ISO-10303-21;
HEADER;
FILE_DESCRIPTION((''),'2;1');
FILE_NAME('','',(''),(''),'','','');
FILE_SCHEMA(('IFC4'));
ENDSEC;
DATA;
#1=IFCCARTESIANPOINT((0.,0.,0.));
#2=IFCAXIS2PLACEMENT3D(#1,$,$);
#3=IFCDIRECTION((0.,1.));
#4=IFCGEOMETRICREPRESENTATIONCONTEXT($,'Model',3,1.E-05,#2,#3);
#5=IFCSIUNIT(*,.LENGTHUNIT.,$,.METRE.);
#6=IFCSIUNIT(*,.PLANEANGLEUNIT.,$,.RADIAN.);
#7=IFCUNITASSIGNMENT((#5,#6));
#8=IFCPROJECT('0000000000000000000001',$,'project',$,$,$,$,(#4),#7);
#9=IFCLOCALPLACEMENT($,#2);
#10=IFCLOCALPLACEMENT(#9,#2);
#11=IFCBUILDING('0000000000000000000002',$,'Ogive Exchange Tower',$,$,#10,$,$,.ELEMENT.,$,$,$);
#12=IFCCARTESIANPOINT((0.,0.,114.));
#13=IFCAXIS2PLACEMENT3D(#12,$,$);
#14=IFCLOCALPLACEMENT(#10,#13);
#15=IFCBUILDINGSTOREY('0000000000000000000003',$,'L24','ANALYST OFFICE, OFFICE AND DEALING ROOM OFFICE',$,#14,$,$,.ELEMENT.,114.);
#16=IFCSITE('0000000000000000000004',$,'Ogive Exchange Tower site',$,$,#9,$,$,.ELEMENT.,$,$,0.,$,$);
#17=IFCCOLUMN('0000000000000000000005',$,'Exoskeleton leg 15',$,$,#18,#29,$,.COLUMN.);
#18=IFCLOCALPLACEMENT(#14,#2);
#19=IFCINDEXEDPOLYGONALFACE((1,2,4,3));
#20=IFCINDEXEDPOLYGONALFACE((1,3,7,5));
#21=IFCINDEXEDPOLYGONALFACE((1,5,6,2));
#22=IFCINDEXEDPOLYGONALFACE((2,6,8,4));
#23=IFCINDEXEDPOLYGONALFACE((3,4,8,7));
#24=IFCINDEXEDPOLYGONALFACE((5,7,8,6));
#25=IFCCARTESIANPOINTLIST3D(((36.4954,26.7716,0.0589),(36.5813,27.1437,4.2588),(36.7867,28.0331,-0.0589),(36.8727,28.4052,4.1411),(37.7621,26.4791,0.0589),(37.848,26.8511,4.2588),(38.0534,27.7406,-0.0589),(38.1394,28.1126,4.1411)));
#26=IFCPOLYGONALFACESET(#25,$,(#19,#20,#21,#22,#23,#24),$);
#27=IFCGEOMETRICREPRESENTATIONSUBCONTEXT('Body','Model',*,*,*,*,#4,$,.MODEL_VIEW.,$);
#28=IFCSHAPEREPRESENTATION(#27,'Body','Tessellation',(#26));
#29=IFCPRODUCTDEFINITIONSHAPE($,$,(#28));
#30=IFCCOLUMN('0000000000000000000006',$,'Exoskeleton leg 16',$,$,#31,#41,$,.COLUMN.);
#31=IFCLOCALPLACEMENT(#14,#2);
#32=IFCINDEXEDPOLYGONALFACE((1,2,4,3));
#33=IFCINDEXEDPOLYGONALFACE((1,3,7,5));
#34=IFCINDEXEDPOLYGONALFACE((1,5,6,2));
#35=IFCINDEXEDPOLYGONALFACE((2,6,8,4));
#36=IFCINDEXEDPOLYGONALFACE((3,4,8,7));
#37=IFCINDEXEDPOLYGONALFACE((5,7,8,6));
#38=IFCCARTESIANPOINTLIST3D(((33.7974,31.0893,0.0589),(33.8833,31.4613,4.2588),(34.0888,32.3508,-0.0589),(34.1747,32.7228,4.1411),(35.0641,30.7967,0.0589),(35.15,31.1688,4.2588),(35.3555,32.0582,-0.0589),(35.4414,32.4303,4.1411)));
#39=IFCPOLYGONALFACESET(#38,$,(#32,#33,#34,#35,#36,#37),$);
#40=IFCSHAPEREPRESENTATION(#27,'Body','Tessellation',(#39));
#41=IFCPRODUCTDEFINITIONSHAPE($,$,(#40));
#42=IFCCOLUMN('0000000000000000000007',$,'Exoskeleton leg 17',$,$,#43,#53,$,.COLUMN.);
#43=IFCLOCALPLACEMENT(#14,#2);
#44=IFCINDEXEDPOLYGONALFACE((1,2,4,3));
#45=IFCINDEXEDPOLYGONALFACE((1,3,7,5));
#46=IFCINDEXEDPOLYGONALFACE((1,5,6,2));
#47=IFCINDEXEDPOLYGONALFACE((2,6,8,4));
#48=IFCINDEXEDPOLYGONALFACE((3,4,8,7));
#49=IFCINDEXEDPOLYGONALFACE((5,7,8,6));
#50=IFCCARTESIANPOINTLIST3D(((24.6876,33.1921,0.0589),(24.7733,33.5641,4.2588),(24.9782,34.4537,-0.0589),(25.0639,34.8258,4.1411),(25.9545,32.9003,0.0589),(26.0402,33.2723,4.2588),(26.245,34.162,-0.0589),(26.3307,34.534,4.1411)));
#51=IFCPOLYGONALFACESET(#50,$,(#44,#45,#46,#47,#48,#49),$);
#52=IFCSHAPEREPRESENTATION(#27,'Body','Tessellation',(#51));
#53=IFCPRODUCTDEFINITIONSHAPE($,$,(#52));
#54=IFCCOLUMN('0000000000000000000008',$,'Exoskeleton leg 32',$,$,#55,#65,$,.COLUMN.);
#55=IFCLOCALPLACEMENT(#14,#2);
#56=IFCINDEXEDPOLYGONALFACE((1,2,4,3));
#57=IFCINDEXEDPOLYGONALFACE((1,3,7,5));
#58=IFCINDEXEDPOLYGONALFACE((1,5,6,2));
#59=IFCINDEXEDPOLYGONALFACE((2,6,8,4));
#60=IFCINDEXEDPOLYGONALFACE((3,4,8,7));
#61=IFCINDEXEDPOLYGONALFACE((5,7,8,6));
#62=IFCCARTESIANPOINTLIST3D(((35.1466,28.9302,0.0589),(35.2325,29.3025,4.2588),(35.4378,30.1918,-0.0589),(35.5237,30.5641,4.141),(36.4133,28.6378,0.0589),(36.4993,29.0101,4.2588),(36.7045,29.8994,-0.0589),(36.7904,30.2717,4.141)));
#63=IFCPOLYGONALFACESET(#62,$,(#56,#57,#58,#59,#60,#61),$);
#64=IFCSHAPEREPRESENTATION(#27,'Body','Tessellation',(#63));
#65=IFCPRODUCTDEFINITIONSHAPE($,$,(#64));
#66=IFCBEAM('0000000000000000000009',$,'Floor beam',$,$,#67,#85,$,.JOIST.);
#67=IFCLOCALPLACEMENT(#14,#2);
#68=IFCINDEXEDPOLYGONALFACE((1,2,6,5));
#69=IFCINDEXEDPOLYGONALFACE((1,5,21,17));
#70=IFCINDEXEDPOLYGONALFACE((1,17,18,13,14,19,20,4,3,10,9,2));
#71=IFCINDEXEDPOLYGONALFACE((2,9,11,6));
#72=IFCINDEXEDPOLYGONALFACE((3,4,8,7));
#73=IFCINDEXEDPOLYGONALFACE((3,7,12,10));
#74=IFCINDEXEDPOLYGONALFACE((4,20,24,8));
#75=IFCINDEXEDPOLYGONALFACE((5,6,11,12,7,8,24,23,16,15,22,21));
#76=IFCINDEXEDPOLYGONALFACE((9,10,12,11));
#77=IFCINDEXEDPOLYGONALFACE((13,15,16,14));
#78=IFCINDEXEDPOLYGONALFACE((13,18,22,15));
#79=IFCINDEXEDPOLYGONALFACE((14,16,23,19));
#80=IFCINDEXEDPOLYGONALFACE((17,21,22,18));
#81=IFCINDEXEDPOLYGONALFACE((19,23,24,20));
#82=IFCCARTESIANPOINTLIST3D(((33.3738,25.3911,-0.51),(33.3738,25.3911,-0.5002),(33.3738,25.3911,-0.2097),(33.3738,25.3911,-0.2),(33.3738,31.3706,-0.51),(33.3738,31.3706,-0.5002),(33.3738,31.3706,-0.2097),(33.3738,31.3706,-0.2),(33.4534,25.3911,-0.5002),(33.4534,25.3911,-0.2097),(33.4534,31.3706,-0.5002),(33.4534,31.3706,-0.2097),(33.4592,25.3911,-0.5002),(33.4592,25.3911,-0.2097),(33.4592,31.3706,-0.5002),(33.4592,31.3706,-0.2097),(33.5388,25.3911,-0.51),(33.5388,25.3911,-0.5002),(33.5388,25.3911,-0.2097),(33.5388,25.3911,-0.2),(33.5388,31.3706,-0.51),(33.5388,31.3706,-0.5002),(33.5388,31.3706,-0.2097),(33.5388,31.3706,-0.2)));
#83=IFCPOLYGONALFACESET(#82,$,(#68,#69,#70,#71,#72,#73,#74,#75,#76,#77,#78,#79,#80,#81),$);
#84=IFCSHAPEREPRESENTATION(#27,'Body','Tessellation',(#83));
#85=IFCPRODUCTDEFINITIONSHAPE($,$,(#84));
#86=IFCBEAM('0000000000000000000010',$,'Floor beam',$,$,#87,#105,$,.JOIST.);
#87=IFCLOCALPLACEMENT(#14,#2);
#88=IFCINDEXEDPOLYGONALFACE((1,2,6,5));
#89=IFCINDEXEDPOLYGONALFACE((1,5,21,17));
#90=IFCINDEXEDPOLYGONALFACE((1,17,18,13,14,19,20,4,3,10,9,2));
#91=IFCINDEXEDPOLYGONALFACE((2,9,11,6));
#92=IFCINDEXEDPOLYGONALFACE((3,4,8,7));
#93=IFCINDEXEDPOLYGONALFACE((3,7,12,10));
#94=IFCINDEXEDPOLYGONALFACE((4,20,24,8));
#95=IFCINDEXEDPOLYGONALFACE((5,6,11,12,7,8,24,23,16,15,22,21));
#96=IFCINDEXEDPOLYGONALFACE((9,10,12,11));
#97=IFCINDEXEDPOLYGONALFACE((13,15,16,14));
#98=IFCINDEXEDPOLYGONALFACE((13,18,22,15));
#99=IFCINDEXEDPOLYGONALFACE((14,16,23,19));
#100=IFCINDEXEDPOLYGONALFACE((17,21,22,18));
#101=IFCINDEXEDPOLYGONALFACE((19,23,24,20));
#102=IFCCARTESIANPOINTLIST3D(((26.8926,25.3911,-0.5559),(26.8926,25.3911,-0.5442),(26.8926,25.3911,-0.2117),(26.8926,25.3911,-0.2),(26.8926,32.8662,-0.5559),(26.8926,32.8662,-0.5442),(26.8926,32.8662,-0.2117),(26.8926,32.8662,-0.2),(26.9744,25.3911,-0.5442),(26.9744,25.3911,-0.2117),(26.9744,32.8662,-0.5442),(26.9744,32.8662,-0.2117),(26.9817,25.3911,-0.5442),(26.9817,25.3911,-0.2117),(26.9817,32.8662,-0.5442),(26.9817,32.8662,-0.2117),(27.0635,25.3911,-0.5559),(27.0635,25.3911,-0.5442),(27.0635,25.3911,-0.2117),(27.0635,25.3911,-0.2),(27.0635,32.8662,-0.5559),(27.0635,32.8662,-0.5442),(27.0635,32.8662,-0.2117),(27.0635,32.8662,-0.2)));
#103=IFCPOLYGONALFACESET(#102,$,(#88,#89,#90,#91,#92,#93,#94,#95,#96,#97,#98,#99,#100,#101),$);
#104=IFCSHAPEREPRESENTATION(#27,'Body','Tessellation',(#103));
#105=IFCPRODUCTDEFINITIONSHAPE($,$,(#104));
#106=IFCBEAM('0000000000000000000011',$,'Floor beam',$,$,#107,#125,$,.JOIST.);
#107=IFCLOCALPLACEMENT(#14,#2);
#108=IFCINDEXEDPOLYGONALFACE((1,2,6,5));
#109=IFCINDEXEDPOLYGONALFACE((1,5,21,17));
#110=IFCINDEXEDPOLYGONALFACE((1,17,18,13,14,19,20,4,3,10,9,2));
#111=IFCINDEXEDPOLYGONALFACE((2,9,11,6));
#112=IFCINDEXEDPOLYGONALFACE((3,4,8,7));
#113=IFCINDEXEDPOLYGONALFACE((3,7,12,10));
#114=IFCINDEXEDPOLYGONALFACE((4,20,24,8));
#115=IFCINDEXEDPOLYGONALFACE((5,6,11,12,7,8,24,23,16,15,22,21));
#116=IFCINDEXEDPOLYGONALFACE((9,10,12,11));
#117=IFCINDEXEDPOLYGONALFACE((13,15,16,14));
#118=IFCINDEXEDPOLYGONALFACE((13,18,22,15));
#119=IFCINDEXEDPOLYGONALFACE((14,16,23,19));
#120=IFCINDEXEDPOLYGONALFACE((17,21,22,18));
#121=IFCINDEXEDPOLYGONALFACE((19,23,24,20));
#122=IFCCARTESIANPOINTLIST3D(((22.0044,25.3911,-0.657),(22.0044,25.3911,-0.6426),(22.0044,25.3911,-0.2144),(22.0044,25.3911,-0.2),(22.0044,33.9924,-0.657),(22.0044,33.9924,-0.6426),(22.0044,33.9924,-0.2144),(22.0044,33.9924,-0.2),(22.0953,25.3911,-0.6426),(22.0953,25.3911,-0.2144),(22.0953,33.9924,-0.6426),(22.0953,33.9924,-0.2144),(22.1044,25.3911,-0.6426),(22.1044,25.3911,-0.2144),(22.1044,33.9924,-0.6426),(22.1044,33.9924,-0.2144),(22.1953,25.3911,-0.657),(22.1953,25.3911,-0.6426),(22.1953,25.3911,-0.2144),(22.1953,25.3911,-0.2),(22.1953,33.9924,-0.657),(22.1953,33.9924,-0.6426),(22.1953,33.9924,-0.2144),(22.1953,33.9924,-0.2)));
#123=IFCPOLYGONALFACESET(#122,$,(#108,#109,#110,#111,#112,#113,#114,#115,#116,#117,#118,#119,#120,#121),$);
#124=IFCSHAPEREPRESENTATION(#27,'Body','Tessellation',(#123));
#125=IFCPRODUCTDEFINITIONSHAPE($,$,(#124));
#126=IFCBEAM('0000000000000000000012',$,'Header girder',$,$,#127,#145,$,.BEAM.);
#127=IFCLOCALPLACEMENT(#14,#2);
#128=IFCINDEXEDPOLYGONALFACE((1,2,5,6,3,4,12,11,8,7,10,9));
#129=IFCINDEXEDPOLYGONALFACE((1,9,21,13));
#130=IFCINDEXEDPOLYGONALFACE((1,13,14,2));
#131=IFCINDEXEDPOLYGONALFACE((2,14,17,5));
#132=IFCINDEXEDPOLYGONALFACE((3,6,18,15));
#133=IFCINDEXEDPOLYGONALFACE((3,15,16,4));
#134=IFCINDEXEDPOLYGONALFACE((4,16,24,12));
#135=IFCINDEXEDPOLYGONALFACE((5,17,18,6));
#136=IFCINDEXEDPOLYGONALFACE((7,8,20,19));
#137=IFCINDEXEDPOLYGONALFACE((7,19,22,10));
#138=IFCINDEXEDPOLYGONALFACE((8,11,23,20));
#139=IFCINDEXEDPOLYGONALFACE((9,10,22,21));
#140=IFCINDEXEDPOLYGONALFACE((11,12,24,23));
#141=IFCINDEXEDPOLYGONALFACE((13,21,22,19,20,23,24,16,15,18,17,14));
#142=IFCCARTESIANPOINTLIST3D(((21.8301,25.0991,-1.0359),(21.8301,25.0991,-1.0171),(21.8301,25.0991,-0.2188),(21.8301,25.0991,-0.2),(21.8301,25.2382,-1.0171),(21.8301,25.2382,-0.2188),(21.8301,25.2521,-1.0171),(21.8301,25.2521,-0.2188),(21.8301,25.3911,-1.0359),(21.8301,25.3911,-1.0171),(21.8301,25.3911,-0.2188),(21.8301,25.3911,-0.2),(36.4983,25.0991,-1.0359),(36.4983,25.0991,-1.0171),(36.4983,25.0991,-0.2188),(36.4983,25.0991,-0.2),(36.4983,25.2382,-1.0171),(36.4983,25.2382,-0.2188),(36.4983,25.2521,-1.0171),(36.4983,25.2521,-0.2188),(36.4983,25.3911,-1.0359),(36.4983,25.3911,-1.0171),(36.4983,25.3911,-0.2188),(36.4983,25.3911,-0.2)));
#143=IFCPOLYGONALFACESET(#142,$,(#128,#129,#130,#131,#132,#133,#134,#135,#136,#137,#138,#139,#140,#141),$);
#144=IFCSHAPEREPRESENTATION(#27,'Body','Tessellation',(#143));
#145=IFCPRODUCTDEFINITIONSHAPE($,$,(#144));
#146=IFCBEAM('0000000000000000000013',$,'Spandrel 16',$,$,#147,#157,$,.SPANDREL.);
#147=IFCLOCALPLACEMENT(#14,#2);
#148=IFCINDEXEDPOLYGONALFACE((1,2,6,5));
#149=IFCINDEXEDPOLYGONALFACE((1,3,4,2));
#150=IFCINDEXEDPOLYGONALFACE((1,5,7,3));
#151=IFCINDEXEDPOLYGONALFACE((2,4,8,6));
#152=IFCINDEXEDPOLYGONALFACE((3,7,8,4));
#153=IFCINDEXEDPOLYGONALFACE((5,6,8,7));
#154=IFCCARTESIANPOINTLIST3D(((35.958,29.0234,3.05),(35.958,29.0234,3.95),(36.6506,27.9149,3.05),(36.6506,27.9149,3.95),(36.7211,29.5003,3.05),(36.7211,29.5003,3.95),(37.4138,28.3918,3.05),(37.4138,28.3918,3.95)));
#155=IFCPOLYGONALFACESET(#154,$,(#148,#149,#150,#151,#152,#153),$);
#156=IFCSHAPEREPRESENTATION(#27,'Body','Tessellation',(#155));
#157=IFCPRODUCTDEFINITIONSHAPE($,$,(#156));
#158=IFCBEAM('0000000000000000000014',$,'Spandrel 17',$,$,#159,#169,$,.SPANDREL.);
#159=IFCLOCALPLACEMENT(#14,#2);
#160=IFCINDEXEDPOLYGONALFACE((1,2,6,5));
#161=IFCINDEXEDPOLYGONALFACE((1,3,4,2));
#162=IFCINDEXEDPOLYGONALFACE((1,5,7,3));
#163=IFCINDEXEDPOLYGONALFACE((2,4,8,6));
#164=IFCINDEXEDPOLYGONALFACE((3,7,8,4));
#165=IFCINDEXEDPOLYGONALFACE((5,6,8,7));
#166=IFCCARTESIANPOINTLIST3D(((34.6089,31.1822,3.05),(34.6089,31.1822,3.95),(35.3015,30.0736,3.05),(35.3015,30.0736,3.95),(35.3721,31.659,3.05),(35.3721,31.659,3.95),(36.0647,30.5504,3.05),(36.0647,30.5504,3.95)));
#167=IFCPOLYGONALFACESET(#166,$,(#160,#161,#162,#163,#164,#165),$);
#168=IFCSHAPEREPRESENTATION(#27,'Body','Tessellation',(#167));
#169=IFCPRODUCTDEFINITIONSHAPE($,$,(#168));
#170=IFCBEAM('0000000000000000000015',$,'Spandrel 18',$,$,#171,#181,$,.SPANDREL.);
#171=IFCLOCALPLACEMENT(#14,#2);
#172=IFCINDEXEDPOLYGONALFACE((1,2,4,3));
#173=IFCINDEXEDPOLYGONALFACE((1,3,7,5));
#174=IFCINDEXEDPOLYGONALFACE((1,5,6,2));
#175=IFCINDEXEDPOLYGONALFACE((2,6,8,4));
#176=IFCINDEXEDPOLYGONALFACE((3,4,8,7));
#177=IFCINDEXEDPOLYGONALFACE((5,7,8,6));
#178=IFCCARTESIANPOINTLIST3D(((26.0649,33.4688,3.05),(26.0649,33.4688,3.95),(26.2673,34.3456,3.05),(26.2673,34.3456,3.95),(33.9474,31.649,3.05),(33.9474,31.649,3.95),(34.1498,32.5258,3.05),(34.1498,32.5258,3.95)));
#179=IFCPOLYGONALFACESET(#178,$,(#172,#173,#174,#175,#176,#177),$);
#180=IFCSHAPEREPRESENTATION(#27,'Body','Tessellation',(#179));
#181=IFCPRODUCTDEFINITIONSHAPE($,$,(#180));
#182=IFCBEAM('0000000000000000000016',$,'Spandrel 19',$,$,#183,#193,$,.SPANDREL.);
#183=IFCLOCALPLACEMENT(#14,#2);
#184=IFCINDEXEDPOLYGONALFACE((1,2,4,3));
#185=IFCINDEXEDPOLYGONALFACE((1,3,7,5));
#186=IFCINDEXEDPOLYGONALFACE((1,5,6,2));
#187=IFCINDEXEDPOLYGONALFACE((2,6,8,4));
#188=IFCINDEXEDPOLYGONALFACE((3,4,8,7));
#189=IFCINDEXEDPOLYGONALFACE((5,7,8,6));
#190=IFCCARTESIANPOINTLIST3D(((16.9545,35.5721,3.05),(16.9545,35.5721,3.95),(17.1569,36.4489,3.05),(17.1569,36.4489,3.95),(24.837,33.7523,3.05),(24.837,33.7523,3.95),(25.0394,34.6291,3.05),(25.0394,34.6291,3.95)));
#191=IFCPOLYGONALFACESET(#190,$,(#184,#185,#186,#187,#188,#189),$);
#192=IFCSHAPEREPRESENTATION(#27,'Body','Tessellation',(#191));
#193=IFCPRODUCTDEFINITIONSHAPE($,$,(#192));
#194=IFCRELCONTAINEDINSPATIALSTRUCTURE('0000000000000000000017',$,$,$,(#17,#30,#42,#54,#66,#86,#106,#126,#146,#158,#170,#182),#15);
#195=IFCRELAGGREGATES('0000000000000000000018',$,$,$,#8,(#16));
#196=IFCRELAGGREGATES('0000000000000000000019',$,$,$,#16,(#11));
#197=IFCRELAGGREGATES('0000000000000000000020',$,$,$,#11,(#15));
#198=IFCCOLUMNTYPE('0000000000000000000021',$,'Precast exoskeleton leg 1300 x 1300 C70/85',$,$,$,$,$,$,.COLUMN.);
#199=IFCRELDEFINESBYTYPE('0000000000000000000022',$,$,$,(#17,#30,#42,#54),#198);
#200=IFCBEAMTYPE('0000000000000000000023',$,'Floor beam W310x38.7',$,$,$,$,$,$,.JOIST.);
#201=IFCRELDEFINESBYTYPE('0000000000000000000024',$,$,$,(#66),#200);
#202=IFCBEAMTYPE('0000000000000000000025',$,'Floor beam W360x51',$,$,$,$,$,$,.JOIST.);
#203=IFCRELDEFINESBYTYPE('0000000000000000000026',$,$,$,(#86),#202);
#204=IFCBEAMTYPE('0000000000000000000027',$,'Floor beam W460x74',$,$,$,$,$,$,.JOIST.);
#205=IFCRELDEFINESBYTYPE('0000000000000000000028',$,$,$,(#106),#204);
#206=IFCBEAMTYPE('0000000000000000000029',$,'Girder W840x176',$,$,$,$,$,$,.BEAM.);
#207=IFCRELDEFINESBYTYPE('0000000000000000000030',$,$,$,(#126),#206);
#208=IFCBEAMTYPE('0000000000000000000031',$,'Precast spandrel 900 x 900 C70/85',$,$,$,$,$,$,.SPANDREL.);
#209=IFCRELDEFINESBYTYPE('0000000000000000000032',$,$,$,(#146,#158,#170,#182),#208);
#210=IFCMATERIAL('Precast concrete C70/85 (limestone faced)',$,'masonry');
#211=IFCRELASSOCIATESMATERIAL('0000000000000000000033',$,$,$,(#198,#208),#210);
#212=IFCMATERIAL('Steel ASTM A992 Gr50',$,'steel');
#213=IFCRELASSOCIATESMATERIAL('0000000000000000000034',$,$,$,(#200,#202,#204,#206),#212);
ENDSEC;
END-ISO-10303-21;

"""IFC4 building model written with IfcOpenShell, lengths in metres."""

from ifc_helpers import new_model, si_unit, direction, frame, origin, origin_2d, place, context, subcontext, project, spatial, rectangle, i_section, extrude, material, material_profile, profile_set, type_object, element, save


model = new_model("IFC4")

# Units and contexts
model_context = context("Model", 3, precision=1e-05, world=origin(), true_north=direction((0.0, 1.0)))
body_context = subcontext(model_context, "Body", "Model", "MODEL_VIEW")
ifc_project = project(units=[si_unit("LENGTHUNIT", "METRE"), si_unit("PLANEANGLEUNIT", "RADIAN")], contexts=[model_context])

# Site, building, storey
site_placement = place(None, origin())
site = spatial("IfcSite", under=ifc_project, at=site_placement, Name="Ogive Exchange Tower site", CompositionType="ELEMENT", RefElevation=0.0)
building_placement = place(site_placement, origin())
building = spatial("IfcBuilding", under=site, at=building_placement, Name="Ogive Exchange Tower", CompositionType="ELEMENT")
storey_placement = place(building_placement, frame((0.0, 0.0, 114.0)))
storey = spatial("IfcBuildingStorey", under=building, at=storey_placement, Name="L24", Description="ANALYST OFFICE, OFFICE AND DEALING ROOM OFFICE", CompositionType="ELEMENT", Elevation=114.0)

# Columns
ifc_material_1 = material(Name="Precast concrete C70/85 (limestone faced)", Category="masonry")
ifc_material_profile_1 = material_profile(ifc_material_1, rectangle(XDim=1.3, YDim=1.3, at=origin_2d()), Name="1300 x 1300")
ifc_profile_set_1 = profile_set([ifc_material_profile_1], Name="Precast concrete C70/85 (limestone faced)")
column_type = type_object("IfcColumnType", Name="Precast exoskeleton leg 1300 x 1300 C70/85", PredefinedType="COLUMN", material=ifc_profile_set_1)
for number, where, z_axis, x_axis, name in (
    (1, (37.2744, 27.2561, 0.0), (0.020377, 0.088225, 0.995892), (-0.974348, 0.225046, 0.0), "Exoskeleton leg 15"),
    (2, (34.5764, 31.5737, 0.0), (0.020377, 0.088225, 0.995892), (-0.974348, 0.225046, 0.0), "Exoskeleton leg 16"),
    (3, (25.4663, 33.677, 0.0), (0.02032, 0.088225, 0.995893), (-0.974488, 0.224439, 0.0), "Exoskeleton leg 17"),
    (4, (35.9255, 29.4148, 0.0), (0.020377, 0.088283, 0.995887), (-0.97438, 0.224906, 0.0), "Exoskeleton leg 32"),
):
    element("IfcColumn", number, at=place(storey_placement, frame(where, z_axis=z_axis, x_axis=x_axis)), inside=storey, type_object=column_type, Name=name, PredefinedType="COLUMN", context=body_context, shape_type="SweptSolid", body=[
        extrude(rectangle(XDim=1.3, YDim=1.3, at=origin_2d()), origin(), (0.0, 0.0, 1.0), 4.2173),
    ])

# Beams
ifc_material_2 = material(Name="Steel ASTM A992 Gr50", Category="steel")
ifc_material_profile_2 = material_profile(ifc_material_2, i_section(OverallWidth=0.165, OverallDepth=0.3101, WebThickness=0.0059, FlangeThickness=0.0098, at=origin_2d()), Name="W310x38.7")
ifc_profile_set_2 = profile_set([ifc_material_profile_2], Name="Steel ASTM A992 Gr50")
beam_type_1 = type_object("IfcBeamType", Name="Floor beam W310x38.7", PredefinedType="JOIST", material=ifc_profile_set_2)
beam_1_placement = place(storey_placement, frame((33.4563, 25.3911, -0.355), z_axis=(0.0, 1.0, 0.0), x_axis=(-1.0, 0.0, 0.0)))
element("IfcBeam", 5, at=beam_1_placement, inside=storey, type_object=beam_type_1, Name="Floor beam", PredefinedType="JOIST", context=body_context, shape_type="SweptSolid", body=[
    extrude(i_section(OverallWidth=0.165, OverallDepth=0.3101, WebThickness=0.0059, FlangeThickness=0.0098, at=origin_2d()), origin(), (0.0, 0.0, 1.0), 5.9795),
])
ifc_material_profile_3 = material_profile(ifc_material_2, i_section(OverallWidth=0.1709, OverallDepth=0.356, WebThickness=0.0073, FlangeThickness=0.0117, at=origin_2d()), Name="W360x51")
ifc_profile_set_3 = profile_set([ifc_material_profile_3], Name="Steel ASTM A992 Gr50")
beam_type_2 = type_object("IfcBeamType", Name="Floor beam W360x51", PredefinedType="JOIST", material=ifc_profile_set_3)
beam_2_placement = place(storey_placement, frame((26.978, 25.3911, -0.3779), z_axis=(0.0, 1.0, 0.0), x_axis=(-1.0, 0.0, 0.0)))
element("IfcBeam", 6, at=beam_2_placement, inside=storey, type_object=beam_type_2, Name="Floor beam", PredefinedType="JOIST", context=body_context, shape_type="SweptSolid", body=[
    extrude(i_section(OverallWidth=0.1709, OverallDepth=0.356, WebThickness=0.0073, FlangeThickness=0.0117, at=origin_2d()), origin(), (0.0, 0.0, 1.0), 7.4751),
])
ifc_material_profile_4 = material_profile(ifc_material_2, i_section(OverallWidth=0.1909, OverallDepth=0.457, WebThickness=0.009, FlangeThickness=0.0144, at=origin_2d()), Name="W460x74")
ifc_profile_set_4 = profile_set([ifc_material_profile_4], Name="Steel ASTM A992 Gr50")
beam_type_3 = type_object("IfcBeamType", Name="Floor beam W460x74", PredefinedType="JOIST", material=ifc_profile_set_4)
beam_3_placement = place(storey_placement, frame((22.0999, 25.3911, -0.4285), z_axis=(0.0, 1.0, 0.0), x_axis=(-1.0, 0.0, 0.0)))
element("IfcBeam", 7, at=beam_3_placement, inside=storey, type_object=beam_type_3, Name="Floor beam", PredefinedType="JOIST", context=body_context, shape_type="SweptSolid", body=[
    extrude(i_section(OverallWidth=0.1909, OverallDepth=0.457, WebThickness=0.009, FlangeThickness=0.0144, at=origin_2d()), origin(), (0.0, 0.0, 1.0), 8.6013),
])
ifc_material_profile_5 = material_profile(ifc_material_2, i_section(OverallWidth=0.292, OverallDepth=0.8359, WebThickness=0.0139, FlangeThickness=0.0188, at=origin_2d()), Name="W840x176")
ifc_profile_set_5 = profile_set([ifc_material_profile_5], Name="Steel ASTM A992 Gr50")
beam_type_4 = type_object("IfcBeamType", Name="Girder W840x176", PredefinedType="BEAM", material=ifc_profile_set_5)
beam_4_placement = place(storey_placement, frame((21.8301, 25.2451, -0.6179), z_axis=(1.0, 0.0, 0.0), x_axis=(0.0, 1.0, 0.0)))
element("IfcBeam", 8, at=beam_4_placement, inside=storey, type_object=beam_type_4, Name="Header girder", PredefinedType="BEAM", context=body_context, shape_type="SweptSolid", body=[
    extrude(i_section(OverallWidth=0.292, OverallDepth=0.8359, WebThickness=0.0139, FlangeThickness=0.0188, at=origin_2d()), origin(), (0.0, 0.0, 1.0), 14.6682),
])
ifc_material_profile_6 = material_profile(ifc_material_1, rectangle(XDim=0.8999, YDim=0.8999, at=origin_2d()), Name="900 x 900")
ifc_profile_set_6 = profile_set([ifc_material_profile_6], Name="Precast concrete C70/85 (limestone faced)")
beam_type_5 = type_object("IfcBeamType", Name="Precast spandrel 900 x 900 C70/85", PredefinedType="SPANDREL", material=ifc_profile_set_6)
for number, where, z_axis, x_axis, name in (
    (9, (37.0322, 28.1533, 3.5), (-0.529932, 0.84804, 0.0), (-0.84804, -0.529932, 0.0), "Spandrel 16"),
    (10, (35.6831, 30.312, 3.5), (-0.529848, 0.848093, 0.0), (-0.848093, -0.529848, 0.0), "Spandrel 17"),
):
    element("IfcBeam", number, at=place(storey_placement, frame(where, z_axis=z_axis, x_axis=x_axis)), inside=storey, type_object=beam_type_5, Name=name, PredefinedType="SPANDREL", context=body_context, shape_type="SweptSolid", body=[
        extrude(rectangle(XDim=0.8999, YDim=0.8999, at=origin_2d()), origin(), (0.0, 0.0, 1.0), 1.3071),
    ])
for number, where, z_axis, x_axis, name in (
    (11, (34.0486, 32.0874, 3.5), (-0.97437, 0.22495, 0.0), (-0.22495, -0.97437, 0.0), "Spandrel 18"),
    (12, (24.9382, 34.1907, 3.5), (-0.97437, 0.22495, 0.0), (-0.22495, -0.97437, 0.0), "Spandrel 19"),
):
    element("IfcBeam", number, at=place(storey_placement, frame(where, z_axis=z_axis, x_axis=x_axis)), inside=storey, type_object=beam_type_5, Name=name, PredefinedType="SPANDREL", context=body_context, shape_type="SweptSolid", body=[
        extrude(rectangle(XDim=0.8999, YDim=0.8999, at=origin_2d()), origin(), (0.0, 0.0, 1.0), 8.0898),
    ])

save(model, "model.ifc")
